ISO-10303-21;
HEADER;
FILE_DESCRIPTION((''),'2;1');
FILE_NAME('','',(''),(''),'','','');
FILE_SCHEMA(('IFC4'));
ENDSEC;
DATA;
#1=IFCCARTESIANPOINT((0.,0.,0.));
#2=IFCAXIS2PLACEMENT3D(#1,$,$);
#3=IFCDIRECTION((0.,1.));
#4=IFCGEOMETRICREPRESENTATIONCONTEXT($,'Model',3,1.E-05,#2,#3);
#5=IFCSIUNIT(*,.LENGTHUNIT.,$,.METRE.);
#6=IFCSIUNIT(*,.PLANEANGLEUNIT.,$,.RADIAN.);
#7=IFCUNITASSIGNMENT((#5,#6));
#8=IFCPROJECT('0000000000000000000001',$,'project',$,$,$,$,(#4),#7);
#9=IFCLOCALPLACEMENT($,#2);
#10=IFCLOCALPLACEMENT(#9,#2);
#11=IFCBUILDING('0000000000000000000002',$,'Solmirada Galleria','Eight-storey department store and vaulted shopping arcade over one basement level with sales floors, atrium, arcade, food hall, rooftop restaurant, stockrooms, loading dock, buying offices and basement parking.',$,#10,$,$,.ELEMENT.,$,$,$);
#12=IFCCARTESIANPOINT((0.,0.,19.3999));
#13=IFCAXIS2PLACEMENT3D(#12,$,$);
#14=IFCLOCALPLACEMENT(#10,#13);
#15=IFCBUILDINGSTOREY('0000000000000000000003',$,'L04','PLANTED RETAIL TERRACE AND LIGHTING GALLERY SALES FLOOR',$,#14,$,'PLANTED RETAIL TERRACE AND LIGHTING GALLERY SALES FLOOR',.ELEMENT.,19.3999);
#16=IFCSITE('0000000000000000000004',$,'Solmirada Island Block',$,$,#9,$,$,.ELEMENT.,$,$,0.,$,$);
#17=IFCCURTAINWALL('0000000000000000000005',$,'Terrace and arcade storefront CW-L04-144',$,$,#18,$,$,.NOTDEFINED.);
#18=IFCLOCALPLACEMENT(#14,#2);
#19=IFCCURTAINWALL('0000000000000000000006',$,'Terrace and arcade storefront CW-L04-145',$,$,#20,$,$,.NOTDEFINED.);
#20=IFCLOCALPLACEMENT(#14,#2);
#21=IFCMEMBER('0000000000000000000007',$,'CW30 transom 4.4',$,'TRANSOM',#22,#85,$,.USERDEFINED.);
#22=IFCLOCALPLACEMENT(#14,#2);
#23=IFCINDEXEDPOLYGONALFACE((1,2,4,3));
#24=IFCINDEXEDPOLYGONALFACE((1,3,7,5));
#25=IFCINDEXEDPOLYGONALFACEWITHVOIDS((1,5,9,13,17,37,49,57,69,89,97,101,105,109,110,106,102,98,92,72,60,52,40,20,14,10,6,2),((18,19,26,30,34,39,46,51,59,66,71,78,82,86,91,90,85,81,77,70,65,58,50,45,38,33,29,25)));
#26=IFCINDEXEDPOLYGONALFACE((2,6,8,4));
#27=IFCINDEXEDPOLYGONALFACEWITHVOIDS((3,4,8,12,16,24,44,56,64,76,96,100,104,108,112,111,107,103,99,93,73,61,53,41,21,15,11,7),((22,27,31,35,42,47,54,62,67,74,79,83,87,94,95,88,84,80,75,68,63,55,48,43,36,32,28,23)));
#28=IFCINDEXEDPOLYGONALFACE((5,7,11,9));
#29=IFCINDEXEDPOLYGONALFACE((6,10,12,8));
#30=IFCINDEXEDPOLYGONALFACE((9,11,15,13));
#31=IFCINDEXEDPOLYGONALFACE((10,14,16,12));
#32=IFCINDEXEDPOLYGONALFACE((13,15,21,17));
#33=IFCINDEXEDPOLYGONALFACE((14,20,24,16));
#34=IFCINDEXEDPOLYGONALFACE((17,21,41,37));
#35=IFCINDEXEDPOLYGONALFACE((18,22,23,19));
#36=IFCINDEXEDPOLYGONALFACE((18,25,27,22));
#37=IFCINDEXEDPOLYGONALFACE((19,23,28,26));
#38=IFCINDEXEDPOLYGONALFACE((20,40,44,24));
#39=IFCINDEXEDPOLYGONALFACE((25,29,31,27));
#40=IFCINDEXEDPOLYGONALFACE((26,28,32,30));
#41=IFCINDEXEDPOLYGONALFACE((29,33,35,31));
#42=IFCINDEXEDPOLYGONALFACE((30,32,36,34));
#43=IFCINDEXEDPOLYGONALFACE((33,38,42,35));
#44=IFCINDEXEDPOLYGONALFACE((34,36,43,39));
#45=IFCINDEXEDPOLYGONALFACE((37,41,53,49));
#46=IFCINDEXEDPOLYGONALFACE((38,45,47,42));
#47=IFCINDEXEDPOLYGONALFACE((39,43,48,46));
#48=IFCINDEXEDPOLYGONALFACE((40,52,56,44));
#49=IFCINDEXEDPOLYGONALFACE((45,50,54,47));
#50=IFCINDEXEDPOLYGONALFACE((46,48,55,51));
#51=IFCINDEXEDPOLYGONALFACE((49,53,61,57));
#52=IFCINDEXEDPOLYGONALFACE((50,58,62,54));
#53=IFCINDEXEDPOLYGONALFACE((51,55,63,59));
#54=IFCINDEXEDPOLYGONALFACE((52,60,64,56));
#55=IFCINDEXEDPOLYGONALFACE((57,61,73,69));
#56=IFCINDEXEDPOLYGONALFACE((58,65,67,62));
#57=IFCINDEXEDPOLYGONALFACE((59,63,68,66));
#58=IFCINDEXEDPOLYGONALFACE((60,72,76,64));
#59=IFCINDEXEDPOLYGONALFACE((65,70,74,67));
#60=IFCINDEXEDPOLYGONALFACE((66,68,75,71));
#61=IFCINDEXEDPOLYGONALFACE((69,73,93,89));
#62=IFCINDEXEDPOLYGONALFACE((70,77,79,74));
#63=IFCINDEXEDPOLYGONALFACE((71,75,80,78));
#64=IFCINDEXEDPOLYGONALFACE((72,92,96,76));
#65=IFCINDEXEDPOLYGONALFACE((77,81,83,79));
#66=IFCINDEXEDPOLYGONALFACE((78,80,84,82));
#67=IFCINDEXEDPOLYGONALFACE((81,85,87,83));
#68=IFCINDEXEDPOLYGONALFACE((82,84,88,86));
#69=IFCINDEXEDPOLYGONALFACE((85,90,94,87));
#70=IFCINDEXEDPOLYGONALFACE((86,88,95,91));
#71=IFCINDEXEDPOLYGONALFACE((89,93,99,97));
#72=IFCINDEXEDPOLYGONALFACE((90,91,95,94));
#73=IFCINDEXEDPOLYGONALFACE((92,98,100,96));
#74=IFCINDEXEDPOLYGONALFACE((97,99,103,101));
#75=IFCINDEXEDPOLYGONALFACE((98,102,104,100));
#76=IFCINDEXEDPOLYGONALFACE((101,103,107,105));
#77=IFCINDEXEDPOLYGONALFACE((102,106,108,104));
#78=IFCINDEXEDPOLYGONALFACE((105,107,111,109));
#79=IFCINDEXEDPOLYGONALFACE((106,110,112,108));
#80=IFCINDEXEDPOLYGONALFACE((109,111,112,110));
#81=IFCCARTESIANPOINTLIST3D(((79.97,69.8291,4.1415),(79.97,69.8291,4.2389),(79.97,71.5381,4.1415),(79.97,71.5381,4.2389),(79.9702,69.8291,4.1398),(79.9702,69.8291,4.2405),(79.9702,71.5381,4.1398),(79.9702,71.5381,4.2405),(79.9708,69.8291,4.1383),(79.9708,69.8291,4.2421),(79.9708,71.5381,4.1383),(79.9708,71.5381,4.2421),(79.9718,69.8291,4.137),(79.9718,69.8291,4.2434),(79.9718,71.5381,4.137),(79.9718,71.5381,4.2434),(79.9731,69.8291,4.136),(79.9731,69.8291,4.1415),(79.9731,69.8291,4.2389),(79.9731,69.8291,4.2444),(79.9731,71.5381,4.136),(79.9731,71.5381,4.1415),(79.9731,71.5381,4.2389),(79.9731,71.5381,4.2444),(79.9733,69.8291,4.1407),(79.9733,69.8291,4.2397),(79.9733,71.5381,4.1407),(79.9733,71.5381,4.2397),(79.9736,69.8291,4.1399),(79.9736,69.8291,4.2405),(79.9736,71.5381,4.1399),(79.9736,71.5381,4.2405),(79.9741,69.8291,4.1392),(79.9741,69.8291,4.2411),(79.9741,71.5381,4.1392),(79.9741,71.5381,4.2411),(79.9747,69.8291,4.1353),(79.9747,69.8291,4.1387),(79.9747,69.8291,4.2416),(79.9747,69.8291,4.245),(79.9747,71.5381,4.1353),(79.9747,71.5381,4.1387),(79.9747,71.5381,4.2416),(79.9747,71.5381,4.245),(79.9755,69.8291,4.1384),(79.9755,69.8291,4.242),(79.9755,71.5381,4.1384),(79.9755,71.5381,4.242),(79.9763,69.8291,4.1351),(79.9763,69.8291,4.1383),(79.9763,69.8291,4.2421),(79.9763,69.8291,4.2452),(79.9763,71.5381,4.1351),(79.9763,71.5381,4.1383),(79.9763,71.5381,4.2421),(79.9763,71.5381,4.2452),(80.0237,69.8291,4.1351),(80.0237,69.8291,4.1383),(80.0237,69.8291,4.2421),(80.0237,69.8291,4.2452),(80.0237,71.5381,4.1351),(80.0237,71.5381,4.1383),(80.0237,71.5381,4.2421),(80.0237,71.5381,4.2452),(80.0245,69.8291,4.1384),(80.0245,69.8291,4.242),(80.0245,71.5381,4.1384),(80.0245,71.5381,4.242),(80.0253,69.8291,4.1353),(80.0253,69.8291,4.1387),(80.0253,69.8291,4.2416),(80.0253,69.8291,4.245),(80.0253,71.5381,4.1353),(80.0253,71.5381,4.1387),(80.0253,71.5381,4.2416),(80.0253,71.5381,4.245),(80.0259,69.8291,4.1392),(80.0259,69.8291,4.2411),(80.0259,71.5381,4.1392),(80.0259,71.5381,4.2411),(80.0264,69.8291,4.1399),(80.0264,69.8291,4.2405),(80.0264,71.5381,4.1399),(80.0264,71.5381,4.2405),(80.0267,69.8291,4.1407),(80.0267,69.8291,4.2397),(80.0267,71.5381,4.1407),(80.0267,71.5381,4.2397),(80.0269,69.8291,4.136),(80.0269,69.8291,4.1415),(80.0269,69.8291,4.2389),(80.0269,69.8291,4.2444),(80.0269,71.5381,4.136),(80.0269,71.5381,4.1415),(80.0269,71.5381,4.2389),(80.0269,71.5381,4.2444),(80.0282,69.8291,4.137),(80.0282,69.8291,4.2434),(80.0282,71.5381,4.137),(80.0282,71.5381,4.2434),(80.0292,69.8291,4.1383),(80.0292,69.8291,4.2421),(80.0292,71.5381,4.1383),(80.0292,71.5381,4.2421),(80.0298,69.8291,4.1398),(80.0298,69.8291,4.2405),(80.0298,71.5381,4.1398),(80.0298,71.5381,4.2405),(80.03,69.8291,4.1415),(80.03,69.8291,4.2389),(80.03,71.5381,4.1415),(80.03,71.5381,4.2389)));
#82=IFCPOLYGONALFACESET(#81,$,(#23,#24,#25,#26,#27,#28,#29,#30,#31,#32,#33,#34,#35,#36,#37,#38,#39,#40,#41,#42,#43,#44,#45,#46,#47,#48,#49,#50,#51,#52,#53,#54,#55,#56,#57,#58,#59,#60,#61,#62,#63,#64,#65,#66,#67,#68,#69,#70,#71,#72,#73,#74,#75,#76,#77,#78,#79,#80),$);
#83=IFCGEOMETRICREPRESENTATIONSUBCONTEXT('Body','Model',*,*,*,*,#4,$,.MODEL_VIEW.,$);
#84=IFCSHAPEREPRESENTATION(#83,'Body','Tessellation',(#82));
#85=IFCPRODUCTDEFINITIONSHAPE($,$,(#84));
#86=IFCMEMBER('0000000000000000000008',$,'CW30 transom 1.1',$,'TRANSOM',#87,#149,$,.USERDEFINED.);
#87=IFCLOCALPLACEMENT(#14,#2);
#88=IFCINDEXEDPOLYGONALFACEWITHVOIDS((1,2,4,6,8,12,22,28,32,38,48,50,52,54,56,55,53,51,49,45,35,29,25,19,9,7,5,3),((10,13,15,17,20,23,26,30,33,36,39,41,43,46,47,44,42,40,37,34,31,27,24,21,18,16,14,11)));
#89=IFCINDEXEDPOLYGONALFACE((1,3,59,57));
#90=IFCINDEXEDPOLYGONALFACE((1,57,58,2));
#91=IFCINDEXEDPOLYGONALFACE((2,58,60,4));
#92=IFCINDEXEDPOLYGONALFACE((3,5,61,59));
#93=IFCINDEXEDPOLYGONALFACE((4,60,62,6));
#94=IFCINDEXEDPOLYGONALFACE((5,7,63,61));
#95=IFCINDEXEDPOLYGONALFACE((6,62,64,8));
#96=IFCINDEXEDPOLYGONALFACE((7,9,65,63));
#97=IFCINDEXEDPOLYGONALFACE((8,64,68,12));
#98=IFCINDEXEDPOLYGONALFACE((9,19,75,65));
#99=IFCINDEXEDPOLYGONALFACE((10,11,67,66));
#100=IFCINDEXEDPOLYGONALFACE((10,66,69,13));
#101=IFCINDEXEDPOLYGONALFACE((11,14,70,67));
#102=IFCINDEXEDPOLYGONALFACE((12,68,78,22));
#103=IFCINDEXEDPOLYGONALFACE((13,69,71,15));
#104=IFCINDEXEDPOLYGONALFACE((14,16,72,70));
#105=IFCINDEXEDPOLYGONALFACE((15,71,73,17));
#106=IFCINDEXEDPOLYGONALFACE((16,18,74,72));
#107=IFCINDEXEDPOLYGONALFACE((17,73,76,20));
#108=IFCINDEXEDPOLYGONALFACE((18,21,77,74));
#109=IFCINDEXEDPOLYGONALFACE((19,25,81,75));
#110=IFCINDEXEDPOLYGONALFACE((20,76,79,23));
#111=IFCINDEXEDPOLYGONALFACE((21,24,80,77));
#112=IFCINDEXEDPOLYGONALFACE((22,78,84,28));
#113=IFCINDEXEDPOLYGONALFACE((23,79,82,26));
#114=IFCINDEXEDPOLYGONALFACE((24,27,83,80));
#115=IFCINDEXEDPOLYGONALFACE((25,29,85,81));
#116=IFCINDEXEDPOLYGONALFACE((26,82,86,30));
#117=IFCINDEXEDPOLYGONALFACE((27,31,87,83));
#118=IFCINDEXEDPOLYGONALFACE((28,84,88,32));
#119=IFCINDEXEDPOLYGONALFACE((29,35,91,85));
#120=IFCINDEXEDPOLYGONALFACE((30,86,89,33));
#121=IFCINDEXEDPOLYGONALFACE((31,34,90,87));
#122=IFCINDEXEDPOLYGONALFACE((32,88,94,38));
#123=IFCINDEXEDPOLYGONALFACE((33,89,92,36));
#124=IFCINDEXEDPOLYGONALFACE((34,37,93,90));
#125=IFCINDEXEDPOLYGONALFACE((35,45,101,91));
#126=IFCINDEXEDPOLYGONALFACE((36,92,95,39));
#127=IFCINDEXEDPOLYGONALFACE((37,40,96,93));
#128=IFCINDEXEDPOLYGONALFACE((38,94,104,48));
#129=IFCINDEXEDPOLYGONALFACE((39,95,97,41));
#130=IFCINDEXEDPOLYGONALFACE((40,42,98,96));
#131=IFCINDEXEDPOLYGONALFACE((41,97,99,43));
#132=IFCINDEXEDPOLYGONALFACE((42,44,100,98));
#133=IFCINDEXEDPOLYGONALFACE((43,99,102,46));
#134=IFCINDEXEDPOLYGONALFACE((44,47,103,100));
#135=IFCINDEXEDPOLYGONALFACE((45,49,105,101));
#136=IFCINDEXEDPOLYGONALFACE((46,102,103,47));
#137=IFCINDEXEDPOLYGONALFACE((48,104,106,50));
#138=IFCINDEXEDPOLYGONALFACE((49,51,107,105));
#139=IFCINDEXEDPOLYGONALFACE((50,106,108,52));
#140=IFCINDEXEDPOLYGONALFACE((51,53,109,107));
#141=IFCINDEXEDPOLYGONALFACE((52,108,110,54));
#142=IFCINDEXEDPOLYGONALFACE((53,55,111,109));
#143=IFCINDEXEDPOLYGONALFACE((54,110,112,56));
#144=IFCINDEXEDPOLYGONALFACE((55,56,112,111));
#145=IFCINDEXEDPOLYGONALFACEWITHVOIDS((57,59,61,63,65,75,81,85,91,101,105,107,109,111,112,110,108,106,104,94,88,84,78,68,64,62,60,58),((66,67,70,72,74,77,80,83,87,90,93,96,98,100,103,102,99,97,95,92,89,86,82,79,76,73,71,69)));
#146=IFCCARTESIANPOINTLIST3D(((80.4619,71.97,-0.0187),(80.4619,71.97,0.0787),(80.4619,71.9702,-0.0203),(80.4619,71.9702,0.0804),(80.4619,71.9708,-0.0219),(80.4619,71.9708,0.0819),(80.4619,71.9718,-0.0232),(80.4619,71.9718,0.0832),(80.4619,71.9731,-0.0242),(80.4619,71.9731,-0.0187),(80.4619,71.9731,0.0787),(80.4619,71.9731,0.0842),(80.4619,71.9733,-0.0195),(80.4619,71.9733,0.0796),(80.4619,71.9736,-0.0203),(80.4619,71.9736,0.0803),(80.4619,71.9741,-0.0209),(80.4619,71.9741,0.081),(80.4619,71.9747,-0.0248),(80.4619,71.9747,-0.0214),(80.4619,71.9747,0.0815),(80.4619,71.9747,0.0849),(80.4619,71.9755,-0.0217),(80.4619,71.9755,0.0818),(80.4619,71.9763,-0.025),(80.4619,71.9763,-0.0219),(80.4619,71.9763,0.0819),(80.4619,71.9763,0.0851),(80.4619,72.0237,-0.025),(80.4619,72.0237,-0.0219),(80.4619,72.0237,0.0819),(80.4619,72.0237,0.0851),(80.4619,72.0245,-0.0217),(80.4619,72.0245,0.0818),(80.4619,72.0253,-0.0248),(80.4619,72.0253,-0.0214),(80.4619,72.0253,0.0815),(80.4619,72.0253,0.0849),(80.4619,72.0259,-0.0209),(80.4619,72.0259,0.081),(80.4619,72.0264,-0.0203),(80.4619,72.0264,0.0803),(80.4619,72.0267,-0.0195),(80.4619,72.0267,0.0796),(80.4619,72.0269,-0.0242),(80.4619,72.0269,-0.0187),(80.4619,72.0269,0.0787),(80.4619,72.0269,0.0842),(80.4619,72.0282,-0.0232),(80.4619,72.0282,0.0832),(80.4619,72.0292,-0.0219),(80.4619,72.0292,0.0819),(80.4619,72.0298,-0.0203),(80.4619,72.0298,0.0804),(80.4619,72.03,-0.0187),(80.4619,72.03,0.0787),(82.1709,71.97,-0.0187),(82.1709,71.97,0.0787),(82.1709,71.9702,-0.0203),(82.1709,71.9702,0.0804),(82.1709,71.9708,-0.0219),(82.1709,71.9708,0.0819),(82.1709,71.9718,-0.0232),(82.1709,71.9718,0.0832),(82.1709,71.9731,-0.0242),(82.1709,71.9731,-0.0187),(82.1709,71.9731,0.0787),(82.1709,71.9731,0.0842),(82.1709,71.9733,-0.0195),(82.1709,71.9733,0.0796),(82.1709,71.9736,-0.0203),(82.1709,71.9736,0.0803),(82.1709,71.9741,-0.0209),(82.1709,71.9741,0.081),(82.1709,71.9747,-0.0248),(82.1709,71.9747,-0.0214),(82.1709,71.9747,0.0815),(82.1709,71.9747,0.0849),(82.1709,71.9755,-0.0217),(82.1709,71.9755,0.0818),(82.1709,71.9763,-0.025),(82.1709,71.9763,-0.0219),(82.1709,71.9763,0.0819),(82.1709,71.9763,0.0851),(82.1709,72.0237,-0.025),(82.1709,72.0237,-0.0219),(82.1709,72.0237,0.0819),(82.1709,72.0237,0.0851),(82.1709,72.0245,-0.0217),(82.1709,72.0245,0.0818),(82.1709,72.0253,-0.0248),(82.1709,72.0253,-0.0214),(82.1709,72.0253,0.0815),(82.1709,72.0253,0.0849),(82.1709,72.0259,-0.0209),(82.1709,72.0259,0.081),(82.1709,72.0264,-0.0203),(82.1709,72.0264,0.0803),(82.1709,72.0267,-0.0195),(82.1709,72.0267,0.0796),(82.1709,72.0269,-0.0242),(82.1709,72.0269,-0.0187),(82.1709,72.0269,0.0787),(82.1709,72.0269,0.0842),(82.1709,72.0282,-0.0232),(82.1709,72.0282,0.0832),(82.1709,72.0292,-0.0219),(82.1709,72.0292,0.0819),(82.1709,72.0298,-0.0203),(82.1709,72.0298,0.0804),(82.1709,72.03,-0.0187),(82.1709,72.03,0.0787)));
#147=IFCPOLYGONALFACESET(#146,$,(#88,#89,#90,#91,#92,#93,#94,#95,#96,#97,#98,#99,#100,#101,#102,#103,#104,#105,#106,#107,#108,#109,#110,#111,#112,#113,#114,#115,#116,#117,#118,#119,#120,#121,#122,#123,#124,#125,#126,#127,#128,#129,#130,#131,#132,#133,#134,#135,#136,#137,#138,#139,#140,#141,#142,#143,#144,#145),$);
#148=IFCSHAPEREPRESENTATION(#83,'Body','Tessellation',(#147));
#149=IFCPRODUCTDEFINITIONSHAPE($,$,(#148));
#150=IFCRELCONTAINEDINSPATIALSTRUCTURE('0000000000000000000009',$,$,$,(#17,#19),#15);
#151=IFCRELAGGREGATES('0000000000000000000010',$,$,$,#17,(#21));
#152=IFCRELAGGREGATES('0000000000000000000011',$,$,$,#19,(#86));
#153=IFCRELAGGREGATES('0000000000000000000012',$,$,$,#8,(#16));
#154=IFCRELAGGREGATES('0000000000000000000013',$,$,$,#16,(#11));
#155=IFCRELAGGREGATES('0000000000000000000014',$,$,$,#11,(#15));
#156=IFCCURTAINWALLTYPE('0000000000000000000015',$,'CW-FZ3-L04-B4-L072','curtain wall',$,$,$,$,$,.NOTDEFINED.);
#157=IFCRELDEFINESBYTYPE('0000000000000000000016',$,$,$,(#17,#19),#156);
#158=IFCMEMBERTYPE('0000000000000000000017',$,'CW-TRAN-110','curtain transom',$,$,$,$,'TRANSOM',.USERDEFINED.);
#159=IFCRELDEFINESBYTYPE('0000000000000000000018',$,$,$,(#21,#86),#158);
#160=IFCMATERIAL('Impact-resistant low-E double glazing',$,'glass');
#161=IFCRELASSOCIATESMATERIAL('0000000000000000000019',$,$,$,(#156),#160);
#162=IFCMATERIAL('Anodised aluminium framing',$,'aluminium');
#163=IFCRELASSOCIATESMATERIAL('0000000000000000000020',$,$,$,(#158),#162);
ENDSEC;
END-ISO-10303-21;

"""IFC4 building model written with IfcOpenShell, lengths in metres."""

from ifc_helpers import new_model, si_unit, direction, frame, origin, origin_2d, place, context, subcontext, project, spatial, hollow_rectangle, extrude, material, material_profile, profile_set, type_object, element, aggregate, save


model = new_model("IFC4")

# Units and contexts
model_context = context("Model", 3, precision=1e-05, world=origin(), true_north=direction((0.0, 1.0)))
body_context = subcontext(model_context, "Body", "Model", "MODEL_VIEW")
ifc_project = project(units=[si_unit("LENGTHUNIT", "METRE"), si_unit("PLANEANGLEUNIT", "RADIAN")], contexts=[model_context])

# Site, building, storey
site_placement = place(None, origin())
site = spatial("IfcSite", under=ifc_project, at=site_placement, Name="Solmirada Island Block", CompositionType="ELEMENT", RefElevation=0.0)
building_placement = place(site_placement, origin())
building = spatial("IfcBuilding", under=site, at=building_placement, Name="Solmirada Galleria", Description="Eight-storey department store and vaulted shopping arcade over one basement level with sales floors, atrium, arcade, food hall, rooftop restaurant, stockrooms, loading dock, buying offices and basement parking.", CompositionType="ELEMENT")
storey_placement = place(building_placement, frame((0.0, 0.0, 19.3999)))
storey = spatial("IfcBuildingStorey", under=building, at=storey_placement, Name="L04", Description="PLANTED RETAIL TERRACE AND LIGHTING GALLERY SALES FLOOR", LongName="PLANTED RETAIL TERRACE AND LIGHTING GALLERY SALES FLOOR", CompositionType="ELEMENT", Elevation=19.3999)

# Curtain wall
ifc_material_1 = material(Name="Impact-resistant low-E double glazing", Category="glass")
curtain_wall_type = type_object("IfcCurtainWallType", Name="CW-FZ3-L04-B4-L072", Description="curtain wall", PredefinedType="NOTDEFINED", material=ifc_material_1)
curtain_wall_1_placement = place(storey_placement, origin())
curtain_wall_1 = element("IfcCurtainWall", 1, at=curtain_wall_1_placement, inside=storey, type_object=curtain_wall_type, Name="Terrace and arcade storefront CW-L04-144", PredefinedType="NOTDEFINED")
ifc_material_2 = material(Name="Anodised aluminium framing", Category="aluminium")

# Curtain wall
curtain_wall_2_placement = place(storey_placement, origin())
curtain_wall_2 = element("IfcCurtainWall", 2, at=curtain_wall_2_placement, inside=storey, type_object=curtain_wall_type, Name="Terrace and arcade storefront CW-L04-145", PredefinedType="NOTDEFINED")

# Members
ifc_material_profile_1 = material_profile(ifc_material_2, hollow_rectangle(XDim=0.0601, YDim=0.1101, WallThickness=0.0032, InnerFilletRadius=0.0032, OuterFilletRadius=0.0063, at=origin_2d()), Name="ALU-TRAN-110X60")
ifc_profile_set_1 = profile_set([ifc_material_profile_1], Name="Anodised aluminium framing")
member_type_1 = type_object("IfcMemberType", Name="CW-TRAN-110", Description="curtain transom", ElementType="TRANSOM", PredefinedType="USERDEFINED", material=ifc_profile_set_1)
member_1_placement = place(storey_placement, frame((80.0, 69.8291, 4.1902), z_axis=(0.0, 1.0, 0.0), x_axis=(-1.0, 0.0, 0.0)))
member_1 = element("IfcMember", 3, at=member_1_placement, type_object=member_type_1, Name="CW30 transom 4.4", ObjectType="TRANSOM", PredefinedType="USERDEFINED", context=body_context, shape_type="SweptSolid", body=[
    extrude(hollow_rectangle(XDim=0.0601, YDim=0.1101, WallThickness=0.0032, InnerFilletRadius=0.0032, OuterFilletRadius=0.0063, at=origin_2d()), origin(), (0.0, 0.0, 1.0), 1.709),
])
member_2_placement = place(storey_placement, frame((80.4619, 72.0, 0.03), z_axis=(1.0, 0.0, 0.0), x_axis=(0.0, 1.0, 0.0)))
member_2 = element("IfcMember", 4, at=member_2_placement, type_object=member_type_1, Name="CW30 transom 1.1", ObjectType="TRANSOM", PredefinedType="USERDEFINED", context=body_context, shape_type="SweptSolid", body=[
    extrude(hollow_rectangle(XDim=0.0601, YDim=0.1101, WallThickness=0.0032, InnerFilletRadius=0.0032, OuterFilletRadius=0.0063, at=origin_2d()), origin(), (0.0, 0.0, 1.0), 1.709),
])

aggregate(curtain_wall_1, [member_1])
aggregate(curtain_wall_2, [member_2])

save(model, "model.ifc")
